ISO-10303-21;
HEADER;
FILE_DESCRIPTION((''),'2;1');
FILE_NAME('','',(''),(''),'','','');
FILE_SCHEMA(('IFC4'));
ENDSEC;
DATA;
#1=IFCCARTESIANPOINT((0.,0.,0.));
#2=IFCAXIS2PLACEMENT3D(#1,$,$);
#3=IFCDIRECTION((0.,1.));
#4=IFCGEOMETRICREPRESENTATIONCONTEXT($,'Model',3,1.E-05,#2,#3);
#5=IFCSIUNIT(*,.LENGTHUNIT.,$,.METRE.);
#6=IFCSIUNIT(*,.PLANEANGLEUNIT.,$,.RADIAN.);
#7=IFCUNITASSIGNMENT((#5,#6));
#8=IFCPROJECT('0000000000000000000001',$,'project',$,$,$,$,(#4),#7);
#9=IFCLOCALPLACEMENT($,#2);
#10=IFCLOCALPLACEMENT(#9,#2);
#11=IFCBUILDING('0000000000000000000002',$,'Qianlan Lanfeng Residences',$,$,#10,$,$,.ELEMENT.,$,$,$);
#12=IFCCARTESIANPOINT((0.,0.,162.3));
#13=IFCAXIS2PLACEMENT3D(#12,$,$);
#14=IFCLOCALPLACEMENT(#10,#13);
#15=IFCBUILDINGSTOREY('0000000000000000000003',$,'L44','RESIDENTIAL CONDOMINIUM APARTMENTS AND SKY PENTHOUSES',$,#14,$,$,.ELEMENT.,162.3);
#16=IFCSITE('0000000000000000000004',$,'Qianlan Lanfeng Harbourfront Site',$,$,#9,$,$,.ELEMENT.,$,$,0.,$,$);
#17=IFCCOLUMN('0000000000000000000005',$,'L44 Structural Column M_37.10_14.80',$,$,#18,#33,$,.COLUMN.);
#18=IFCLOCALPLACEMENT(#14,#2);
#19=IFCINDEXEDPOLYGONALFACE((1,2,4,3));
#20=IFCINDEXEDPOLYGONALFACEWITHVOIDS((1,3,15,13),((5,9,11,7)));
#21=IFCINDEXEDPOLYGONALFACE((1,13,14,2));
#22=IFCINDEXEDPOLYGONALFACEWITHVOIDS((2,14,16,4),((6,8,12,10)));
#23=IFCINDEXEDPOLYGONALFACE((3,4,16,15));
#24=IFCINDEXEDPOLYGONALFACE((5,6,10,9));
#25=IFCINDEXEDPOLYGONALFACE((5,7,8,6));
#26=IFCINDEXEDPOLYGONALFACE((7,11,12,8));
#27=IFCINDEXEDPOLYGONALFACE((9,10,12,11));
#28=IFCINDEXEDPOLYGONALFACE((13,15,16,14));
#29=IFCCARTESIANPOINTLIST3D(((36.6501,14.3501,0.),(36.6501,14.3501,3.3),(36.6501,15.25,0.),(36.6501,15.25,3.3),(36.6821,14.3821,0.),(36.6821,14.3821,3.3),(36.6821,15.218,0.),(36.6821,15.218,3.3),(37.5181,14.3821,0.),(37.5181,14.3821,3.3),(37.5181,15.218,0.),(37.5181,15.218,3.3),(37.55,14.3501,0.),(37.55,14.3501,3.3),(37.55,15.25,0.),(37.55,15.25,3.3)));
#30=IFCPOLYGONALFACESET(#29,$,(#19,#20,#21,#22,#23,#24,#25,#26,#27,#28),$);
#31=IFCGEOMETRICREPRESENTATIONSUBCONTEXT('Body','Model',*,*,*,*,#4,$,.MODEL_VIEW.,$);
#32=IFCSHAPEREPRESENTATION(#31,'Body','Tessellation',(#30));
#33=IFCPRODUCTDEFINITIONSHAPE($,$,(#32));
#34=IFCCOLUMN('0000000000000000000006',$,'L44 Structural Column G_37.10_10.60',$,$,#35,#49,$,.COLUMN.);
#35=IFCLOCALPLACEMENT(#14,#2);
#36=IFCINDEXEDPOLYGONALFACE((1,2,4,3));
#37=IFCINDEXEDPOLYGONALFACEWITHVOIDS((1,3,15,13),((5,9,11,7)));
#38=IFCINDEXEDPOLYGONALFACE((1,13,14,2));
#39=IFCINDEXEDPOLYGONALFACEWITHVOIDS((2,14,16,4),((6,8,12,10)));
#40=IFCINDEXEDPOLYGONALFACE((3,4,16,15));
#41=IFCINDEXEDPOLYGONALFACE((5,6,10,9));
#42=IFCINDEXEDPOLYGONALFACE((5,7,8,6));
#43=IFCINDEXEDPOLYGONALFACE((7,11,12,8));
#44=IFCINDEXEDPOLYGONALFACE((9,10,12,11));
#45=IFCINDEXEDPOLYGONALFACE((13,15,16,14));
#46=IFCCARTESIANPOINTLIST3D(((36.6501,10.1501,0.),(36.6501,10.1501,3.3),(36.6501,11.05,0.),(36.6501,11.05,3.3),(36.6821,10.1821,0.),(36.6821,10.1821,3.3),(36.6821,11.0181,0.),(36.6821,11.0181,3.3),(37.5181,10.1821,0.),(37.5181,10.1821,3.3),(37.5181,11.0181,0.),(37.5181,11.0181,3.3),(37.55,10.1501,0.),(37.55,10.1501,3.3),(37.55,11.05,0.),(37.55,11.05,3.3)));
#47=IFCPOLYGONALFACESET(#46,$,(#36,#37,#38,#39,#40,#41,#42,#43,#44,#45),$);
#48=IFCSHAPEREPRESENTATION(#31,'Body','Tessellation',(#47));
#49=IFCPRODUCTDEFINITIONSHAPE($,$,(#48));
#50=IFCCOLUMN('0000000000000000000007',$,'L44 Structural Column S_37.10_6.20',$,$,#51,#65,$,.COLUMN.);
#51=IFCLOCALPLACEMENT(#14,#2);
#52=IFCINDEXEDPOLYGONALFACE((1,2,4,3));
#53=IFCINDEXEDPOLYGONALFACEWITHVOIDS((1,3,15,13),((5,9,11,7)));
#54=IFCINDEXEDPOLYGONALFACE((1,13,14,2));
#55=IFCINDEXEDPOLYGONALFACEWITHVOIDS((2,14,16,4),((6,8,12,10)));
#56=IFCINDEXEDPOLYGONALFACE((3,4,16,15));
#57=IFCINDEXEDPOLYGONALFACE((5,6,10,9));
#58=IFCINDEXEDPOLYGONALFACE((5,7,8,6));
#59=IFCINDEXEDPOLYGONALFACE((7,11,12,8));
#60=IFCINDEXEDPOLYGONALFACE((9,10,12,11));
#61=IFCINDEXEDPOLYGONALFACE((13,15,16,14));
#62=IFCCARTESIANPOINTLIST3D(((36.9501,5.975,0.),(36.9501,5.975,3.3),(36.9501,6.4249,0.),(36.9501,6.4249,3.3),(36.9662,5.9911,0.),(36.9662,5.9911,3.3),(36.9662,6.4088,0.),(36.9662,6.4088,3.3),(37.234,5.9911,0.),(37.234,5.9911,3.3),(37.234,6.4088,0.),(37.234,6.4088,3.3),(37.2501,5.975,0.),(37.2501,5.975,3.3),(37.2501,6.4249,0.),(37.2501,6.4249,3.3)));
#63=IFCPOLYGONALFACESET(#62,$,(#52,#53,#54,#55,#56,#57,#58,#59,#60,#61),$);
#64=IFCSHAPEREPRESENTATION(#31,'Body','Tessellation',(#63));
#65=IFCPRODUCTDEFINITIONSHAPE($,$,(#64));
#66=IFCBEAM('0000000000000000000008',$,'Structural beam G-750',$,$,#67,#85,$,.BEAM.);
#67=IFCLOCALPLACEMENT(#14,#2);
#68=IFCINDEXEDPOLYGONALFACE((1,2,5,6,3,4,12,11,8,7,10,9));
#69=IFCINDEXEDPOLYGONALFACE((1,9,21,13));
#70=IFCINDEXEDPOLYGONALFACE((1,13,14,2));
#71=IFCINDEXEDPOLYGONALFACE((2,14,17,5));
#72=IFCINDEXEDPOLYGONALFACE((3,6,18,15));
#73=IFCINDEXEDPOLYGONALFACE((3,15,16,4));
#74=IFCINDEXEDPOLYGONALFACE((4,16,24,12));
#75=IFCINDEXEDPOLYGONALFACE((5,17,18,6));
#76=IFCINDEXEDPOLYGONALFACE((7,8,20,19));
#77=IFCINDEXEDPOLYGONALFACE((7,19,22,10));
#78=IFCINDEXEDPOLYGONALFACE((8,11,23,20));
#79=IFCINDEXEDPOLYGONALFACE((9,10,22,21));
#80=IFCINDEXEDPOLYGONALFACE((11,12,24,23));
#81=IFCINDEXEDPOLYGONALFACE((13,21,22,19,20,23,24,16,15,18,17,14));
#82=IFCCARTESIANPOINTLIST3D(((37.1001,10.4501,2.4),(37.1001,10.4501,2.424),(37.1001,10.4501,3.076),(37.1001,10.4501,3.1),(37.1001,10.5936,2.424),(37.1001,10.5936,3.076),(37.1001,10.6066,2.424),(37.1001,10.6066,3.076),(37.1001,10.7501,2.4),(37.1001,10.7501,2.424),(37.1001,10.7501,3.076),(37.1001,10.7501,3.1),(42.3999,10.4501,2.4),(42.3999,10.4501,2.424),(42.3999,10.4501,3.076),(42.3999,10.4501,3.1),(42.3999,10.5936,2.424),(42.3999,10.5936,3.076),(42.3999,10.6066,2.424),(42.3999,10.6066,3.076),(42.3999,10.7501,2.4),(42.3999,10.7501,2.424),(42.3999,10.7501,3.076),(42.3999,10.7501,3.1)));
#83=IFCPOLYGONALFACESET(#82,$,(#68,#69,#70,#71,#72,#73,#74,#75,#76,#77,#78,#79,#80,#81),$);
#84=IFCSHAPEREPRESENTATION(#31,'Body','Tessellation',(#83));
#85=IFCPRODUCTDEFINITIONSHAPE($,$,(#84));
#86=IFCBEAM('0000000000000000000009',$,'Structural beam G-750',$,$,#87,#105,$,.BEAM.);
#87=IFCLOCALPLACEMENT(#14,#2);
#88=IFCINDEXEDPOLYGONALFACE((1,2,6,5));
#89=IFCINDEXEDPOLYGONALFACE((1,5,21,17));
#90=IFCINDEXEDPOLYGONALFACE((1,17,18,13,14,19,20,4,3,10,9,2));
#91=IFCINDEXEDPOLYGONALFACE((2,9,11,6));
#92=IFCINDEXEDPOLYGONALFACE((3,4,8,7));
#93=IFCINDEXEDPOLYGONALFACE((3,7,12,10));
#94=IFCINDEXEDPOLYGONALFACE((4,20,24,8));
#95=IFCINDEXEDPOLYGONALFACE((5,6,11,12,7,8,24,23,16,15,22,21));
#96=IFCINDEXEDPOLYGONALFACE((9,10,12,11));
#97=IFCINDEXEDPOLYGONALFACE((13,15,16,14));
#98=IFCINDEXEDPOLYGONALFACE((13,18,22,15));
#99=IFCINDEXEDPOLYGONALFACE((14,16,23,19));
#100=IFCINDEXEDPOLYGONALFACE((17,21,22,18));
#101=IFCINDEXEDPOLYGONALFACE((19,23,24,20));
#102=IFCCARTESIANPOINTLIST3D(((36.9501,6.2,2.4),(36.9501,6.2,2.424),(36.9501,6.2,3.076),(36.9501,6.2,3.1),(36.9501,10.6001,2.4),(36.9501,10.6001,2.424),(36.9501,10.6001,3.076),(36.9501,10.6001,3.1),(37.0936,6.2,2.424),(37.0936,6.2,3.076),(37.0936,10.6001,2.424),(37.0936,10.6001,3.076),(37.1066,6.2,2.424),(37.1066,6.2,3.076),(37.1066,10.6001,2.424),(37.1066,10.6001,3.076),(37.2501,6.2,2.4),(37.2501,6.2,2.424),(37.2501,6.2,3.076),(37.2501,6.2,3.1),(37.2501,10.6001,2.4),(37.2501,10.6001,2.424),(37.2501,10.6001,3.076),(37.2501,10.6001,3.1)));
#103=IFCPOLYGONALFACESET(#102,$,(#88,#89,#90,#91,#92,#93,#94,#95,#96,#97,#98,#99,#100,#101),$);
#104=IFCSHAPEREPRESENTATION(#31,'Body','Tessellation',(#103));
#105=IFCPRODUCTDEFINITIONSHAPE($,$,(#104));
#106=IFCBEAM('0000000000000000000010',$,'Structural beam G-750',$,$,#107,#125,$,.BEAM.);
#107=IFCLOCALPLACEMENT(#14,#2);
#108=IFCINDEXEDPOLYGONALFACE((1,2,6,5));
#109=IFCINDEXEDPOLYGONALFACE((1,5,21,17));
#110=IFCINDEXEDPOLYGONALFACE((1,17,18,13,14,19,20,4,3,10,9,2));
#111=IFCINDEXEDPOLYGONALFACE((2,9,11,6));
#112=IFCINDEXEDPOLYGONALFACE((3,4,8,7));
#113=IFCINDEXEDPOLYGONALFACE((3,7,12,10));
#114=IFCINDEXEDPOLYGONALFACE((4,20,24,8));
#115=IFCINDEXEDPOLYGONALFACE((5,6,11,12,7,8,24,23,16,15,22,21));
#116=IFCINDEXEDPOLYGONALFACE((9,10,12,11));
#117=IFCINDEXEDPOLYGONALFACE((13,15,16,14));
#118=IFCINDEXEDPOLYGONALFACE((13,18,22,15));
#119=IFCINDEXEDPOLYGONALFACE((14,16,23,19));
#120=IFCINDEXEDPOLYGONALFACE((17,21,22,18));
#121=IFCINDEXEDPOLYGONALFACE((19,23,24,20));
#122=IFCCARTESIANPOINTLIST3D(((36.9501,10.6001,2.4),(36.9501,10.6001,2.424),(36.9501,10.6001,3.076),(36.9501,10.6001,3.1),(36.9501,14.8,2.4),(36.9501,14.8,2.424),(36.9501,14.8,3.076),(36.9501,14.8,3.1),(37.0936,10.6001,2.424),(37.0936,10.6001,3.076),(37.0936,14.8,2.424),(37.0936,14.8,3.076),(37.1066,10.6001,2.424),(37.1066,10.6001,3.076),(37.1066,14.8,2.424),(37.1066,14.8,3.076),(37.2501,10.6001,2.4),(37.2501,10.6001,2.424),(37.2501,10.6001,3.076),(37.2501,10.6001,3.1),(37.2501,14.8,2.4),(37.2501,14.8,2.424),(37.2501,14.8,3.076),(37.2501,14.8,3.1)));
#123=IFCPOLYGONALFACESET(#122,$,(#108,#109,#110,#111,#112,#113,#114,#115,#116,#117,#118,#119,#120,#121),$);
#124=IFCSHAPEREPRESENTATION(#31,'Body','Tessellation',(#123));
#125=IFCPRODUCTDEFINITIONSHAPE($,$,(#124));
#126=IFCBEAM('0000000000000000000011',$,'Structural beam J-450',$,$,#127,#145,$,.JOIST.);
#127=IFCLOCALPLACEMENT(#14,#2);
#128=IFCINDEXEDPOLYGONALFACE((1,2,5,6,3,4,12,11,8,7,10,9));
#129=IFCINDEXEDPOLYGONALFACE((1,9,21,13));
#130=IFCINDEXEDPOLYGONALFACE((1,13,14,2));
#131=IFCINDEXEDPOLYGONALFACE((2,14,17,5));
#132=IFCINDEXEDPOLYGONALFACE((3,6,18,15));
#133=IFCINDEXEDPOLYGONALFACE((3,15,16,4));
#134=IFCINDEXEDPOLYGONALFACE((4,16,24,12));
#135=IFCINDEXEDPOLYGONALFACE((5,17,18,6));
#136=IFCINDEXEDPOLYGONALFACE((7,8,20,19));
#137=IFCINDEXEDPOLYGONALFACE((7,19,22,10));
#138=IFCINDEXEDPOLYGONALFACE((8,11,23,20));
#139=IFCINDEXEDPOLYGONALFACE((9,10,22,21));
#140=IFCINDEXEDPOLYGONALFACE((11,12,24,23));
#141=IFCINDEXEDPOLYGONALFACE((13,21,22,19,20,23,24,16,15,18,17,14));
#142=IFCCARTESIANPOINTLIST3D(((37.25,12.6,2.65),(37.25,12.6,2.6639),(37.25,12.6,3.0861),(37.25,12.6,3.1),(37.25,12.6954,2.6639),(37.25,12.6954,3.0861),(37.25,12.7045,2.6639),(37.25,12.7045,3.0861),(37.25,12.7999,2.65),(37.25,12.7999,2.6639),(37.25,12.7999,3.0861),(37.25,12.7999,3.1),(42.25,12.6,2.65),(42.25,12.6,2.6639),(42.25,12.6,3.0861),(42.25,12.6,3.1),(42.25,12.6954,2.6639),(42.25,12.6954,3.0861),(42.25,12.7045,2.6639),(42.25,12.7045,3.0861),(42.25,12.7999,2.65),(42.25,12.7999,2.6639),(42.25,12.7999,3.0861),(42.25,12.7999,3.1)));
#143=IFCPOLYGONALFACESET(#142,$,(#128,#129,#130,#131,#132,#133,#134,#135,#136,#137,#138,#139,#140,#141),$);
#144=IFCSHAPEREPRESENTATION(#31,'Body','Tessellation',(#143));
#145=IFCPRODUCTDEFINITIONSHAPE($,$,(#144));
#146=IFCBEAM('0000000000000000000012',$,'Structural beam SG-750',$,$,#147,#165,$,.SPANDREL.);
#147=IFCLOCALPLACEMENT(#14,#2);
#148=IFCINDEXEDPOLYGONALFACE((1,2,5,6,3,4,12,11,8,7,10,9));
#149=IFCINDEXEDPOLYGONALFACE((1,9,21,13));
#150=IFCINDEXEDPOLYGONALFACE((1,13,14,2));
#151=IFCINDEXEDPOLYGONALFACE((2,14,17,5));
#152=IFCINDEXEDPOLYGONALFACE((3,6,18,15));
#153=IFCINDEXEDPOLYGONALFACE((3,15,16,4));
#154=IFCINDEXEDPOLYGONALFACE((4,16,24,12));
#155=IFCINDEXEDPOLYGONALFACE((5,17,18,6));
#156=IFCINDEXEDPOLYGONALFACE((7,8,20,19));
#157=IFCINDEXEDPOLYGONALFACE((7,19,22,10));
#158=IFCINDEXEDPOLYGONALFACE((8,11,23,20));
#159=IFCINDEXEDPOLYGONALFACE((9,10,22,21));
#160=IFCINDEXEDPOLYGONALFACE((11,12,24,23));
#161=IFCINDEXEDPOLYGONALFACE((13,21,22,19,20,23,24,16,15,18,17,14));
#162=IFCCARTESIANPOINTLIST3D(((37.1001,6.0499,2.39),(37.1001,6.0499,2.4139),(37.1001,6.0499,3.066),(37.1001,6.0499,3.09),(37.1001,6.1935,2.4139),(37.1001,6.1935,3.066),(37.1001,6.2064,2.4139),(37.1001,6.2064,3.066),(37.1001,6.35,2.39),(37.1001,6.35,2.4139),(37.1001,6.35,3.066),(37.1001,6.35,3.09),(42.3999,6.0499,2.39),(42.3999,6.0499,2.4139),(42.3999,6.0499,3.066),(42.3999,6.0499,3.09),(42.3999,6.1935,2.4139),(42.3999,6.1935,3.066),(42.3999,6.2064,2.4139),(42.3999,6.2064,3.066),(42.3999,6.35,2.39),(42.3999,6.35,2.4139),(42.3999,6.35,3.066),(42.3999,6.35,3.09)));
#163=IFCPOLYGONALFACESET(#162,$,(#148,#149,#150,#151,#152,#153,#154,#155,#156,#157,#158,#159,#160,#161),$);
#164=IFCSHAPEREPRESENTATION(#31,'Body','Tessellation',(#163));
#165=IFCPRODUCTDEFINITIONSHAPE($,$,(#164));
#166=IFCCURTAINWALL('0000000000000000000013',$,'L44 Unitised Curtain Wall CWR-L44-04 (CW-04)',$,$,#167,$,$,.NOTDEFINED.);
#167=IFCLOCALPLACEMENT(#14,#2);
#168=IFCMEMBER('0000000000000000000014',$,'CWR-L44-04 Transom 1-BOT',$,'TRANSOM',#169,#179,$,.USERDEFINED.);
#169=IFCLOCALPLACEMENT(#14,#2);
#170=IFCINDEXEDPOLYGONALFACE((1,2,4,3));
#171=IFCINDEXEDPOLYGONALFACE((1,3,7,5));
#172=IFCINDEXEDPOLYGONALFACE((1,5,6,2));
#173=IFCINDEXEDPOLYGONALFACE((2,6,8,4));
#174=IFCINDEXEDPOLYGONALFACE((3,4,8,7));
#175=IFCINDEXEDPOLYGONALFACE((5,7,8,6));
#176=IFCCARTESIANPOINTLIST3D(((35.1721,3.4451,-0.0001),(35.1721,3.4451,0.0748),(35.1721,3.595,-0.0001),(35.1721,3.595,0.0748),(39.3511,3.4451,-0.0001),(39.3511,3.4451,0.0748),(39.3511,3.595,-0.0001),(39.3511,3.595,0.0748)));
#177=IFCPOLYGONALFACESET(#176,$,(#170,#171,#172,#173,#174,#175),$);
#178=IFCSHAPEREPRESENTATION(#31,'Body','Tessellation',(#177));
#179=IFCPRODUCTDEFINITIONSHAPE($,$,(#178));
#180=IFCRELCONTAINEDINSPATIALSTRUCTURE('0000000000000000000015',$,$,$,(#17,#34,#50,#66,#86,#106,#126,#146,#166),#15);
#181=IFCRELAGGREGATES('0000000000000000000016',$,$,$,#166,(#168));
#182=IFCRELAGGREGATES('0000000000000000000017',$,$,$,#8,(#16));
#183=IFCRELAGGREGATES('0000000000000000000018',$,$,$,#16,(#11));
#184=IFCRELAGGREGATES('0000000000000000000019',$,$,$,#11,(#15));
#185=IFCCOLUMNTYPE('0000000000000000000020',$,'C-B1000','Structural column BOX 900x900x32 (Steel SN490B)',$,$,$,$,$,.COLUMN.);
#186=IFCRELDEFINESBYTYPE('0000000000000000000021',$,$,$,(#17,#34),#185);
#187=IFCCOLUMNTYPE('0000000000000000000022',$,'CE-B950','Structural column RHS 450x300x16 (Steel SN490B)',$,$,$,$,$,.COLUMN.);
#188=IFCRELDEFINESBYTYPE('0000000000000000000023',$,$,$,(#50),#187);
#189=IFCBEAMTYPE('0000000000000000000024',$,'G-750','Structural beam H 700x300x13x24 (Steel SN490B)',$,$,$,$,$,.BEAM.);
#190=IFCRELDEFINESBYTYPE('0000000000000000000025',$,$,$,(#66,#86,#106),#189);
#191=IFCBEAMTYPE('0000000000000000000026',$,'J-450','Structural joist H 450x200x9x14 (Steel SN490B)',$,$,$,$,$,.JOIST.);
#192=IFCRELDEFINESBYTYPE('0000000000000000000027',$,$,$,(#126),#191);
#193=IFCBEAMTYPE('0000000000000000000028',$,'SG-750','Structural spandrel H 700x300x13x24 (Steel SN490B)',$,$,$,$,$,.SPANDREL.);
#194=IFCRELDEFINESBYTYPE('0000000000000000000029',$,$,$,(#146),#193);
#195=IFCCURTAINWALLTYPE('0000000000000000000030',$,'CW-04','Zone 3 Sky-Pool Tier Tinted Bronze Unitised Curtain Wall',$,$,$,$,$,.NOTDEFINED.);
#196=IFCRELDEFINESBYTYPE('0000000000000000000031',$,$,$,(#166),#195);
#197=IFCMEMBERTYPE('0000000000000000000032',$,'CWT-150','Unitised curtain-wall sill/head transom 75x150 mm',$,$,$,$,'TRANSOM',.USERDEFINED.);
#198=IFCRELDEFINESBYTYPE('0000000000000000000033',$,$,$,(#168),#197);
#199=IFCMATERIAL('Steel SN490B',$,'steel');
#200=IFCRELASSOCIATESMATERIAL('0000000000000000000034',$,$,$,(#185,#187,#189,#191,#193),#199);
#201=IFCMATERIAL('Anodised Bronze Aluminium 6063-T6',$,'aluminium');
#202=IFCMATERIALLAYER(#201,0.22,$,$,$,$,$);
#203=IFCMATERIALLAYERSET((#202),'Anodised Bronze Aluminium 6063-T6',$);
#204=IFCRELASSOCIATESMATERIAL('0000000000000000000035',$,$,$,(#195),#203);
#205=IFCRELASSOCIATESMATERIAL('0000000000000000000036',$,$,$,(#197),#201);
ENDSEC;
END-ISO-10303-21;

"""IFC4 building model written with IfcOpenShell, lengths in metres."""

from ifc_helpers import new_model, si_unit, direction, frame, origin, origin_2d, place, context, subcontext, project, spatial, rectangle, hollow_rectangle, i_section, extrude, source, transform, mapped, material, layer, layer_set, material_profile, profile_set, type_object, element, aggregate, save


model = new_model("IFC4")

# Units and contexts
model_context = context("Model", 3, precision=1e-05, world=origin(), true_north=direction((0.0, 1.0)))
body_context = subcontext(model_context, "Body", "Model", "MODEL_VIEW")
ifc_project = project(units=[si_unit("LENGTHUNIT", "METRE"), si_unit("PLANEANGLEUNIT", "RADIAN")], contexts=[model_context])

# Site, building, storey
site_placement = place(None, origin())
site = spatial("IfcSite", under=ifc_project, at=site_placement, Name="Qianlan Lanfeng Harbourfront Site", CompositionType="ELEMENT", RefElevation=0.0)
building_placement = place(site_placement, origin())
building = spatial("IfcBuilding", under=site, at=building_placement, Name="Qianlan Lanfeng Residences", CompositionType="ELEMENT")
storey_placement = place(building_placement, frame((0.0, 0.0, 162.3)))
storey = spatial("IfcBuildingStorey", under=building, at=storey_placement, Name="L44", Description="RESIDENTIAL CONDOMINIUM APARTMENTS AND SKY PENTHOUSES", CompositionType="ELEMENT", Elevation=162.3)

# Columns
ifc_material_1 = material(Name="Steel SN490B", Category="steel")
ifc_material_profile_1 = material_profile(ifc_material_1, hollow_rectangle(XDim=0.8999, YDim=0.8999, WallThickness=0.032, at=origin_2d()), Name="BOX 900x900x32")
ifc_profile_set_1 = profile_set([ifc_material_profile_1], Name="Steel SN490B")
column_type_1 = type_object("IfcColumnType", Name="C-B1000", Description="Structural column BOX 900x900x32 (Steel SN490B)", PredefinedType="COLUMN", material=ifc_profile_set_1)
for number, where, z_axis, x_axis, name in (
    (1, (37.1001, 14.8, 0.0), (0.0, 0.0, 1.0), (1.0, 0.0, 0.0), "L44 Structural Column M_37.10_14.80"),
    (2, (37.1001, 10.6001, 0.0), (0.0, 0.0, 1.0), (1.0, 0.0, 0.0), "L44 Structural Column G_37.10_10.60"),
):
    element("IfcColumn", number, at=place(storey_placement, frame(where, z_axis=z_axis, x_axis=x_axis)), inside=storey, type_object=column_type_1, Name=name, PredefinedType="COLUMN", context=body_context, shape_type="SweptSolid", body=[
        extrude(hollow_rectangle(XDim=0.8999, YDim=0.8999, WallThickness=0.032, at=origin_2d()), origin(), (0.0, 0.0, 1.0), 3.3),
    ])
ifc_material_profile_2 = material_profile(ifc_material_1, hollow_rectangle(XDim=0.3, YDim=0.45, WallThickness=0.0161, at=origin_2d()), Name="RHS 450x300x16")
ifc_profile_set_2 = profile_set([ifc_material_profile_2], Name="Steel SN490B")
column_type_2 = type_object("IfcColumnType", Name="CE-B950", Description="Structural column RHS 450x300x16 (Steel SN490B)", PredefinedType="COLUMN", material=ifc_profile_set_2)
column_placement = place(storey_placement, frame((37.1001, 6.2, 0.0), z_axis=(0.0, 0.0, 1.0), x_axis=(1.0, 0.0, 0.0)))
element("IfcColumn", 3, at=column_placement, inside=storey, type_object=column_type_2, Name="L44 Structural Column S_37.10_6.20", PredefinedType="COLUMN", context=body_context, shape_type="SweptSolid", body=[
    extrude(hollow_rectangle(XDim=0.3, YDim=0.45, WallThickness=0.0161, at=origin_2d()), origin(), (0.0, 0.0, 1.0), 3.3),
])

# Beams
ifc_material_profile_3 = material_profile(ifc_material_1, i_section(OverallWidth=0.3, OverallDepth=0.7, WebThickness=0.0129, FlangeThickness=0.0239, at=origin_2d()), Name="H 700x300x13x24")
ifc_profile_set_3 = profile_set([ifc_material_profile_3], Name="Steel SN490B")
beam_type_1 = type_object("IfcBeamType", Name="G-750", Description="Structural beam H 700x300x13x24 (Steel SN490B)", PredefinedType="BEAM", material=ifc_profile_set_3)
beam_1_placement = place(storey_placement, frame((37.1001, 10.6001, 2.75), z_axis=(1.0, 0.0, 0.0), x_axis=(0.0, 1.0, 0.0)))
element("IfcBeam", 4, at=beam_1_placement, inside=storey, type_object=beam_type_1, Name="Structural beam G-750", PredefinedType="BEAM", context=body_context, shape_type="SweptSolid", body=[
    extrude(i_section(OverallWidth=0.3, OverallDepth=0.7, WebThickness=0.0129, FlangeThickness=0.0239, at=origin_2d()), origin(), (0.0, 0.0, 1.0), 5.2998),
])
beam_2_placement = place(storey_placement, frame((37.1001, 6.2, 2.75), z_axis=(0.0, 1.0, 0.0), x_axis=(-1.0, 0.0, 0.0)))
element("IfcBeam", 5, at=beam_2_placement, inside=storey, type_object=beam_type_1, Name="Structural beam G-750", PredefinedType="BEAM", context=body_context, shape_type="SweptSolid", body=[
    extrude(i_section(OverallWidth=0.3, OverallDepth=0.7, WebThickness=0.0129, FlangeThickness=0.0239, at=origin_2d()), origin(), (0.0, 0.0, 1.0), 4.4001),
])
beam_3_placement = place(storey_placement, frame((37.1001, 10.6001, 2.75), z_axis=(0.0, 1.0, 0.0), x_axis=(-1.0, 0.0, 0.0)))
element("IfcBeam", 6, at=beam_3_placement, inside=storey, type_object=beam_type_1, Name="Structural beam G-750", PredefinedType="BEAM", context=body_context, shape_type="SweptSolid", body=[
    extrude(i_section(OverallWidth=0.3, OverallDepth=0.7, WebThickness=0.0129, FlangeThickness=0.0239, at=origin_2d()), origin(), (0.0, 0.0, 1.0), 4.2),
])
ifc_material_profile_4 = material_profile(ifc_material_1, i_section(OverallWidth=0.2, OverallDepth=0.45, WebThickness=0.009, FlangeThickness=0.0139, at=origin_2d()), Name="H 450x200x9x14")
ifc_profile_set_4 = profile_set([ifc_material_profile_4], Name="Steel SN490B")
beam_type_2 = type_object("IfcBeamType", Name="J-450", Description="Structural joist H 450x200x9x14 (Steel SN490B)", PredefinedType="JOIST", material=ifc_profile_set_4)
beam_4_placement = place(storey_placement, frame((37.25, 12.7, 2.875), z_axis=(1.0, 0.0, 0.0), x_axis=(0.0, 1.0, 0.0)))
element("IfcBeam", 7, at=beam_4_placement, inside=storey, type_object=beam_type_2, Name="Structural beam J-450", PredefinedType="JOIST", context=body_context, shape_type="SweptSolid", body=[
    extrude(i_section(OverallWidth=0.2, OverallDepth=0.45, WebThickness=0.009, FlangeThickness=0.0139, at=origin_2d()), origin(), (0.0, 0.0, 1.0), 5.0),
])
ifc_material_profile_5 = material_profile(ifc_material_1, i_section(OverallWidth=0.3, OverallDepth=0.7, WebThickness=0.0129, FlangeThickness=0.0239, at=origin_2d()), Name="H 700x300x13x24")
ifc_profile_set_5 = profile_set([ifc_material_profile_5], Name="Steel SN490B")
beam_type_3 = type_object("IfcBeamType", Name="SG-750", Description="Structural spandrel H 700x300x13x24 (Steel SN490B)", PredefinedType="SPANDREL", material=ifc_profile_set_5)
beam_5_placement = place(storey_placement, frame((37.1001, 6.2, 2.74), z_axis=(1.0, 0.0, 0.0), x_axis=(0.0, 1.0, 0.0)))
element("IfcBeam", 8, at=beam_5_placement, inside=storey, type_object=beam_type_3, Name="Structural beam SG-750", PredefinedType="SPANDREL", context=body_context, shape_type="SweptSolid", body=[
    extrude(i_section(OverallWidth=0.3, OverallDepth=0.7, WebThickness=0.0129, FlangeThickness=0.0239, at=origin_2d()), origin(), (0.0, 0.0, 1.0), 5.2998),
])

# Curtain wall, member
ifc_material_2 = material(Name="Anodised Bronze Aluminium 6063-T6", Category="aluminium")
ifc_layer_1 = layer(ifc_material_2, 0.22)
ifc_layer_set_1 = layer_set([ifc_layer_1], Name="Anodised Bronze Aluminium 6063-T6")
curtain_wall_type = type_object("IfcCurtainWallType", Name="CW-04", Description="Zone 3 Sky-Pool Tier Tinted Bronze Unitised Curtain Wall", PredefinedType="NOTDEFINED", material=ifc_layer_set_1)
curtain_wall_1_placement = place(storey_placement, origin())
curtain_wall_1 = element("IfcCurtainWall", 9, at=curtain_wall_1_placement, inside=storey, type_object=curtain_wall_type, Name="L44 Unitised Curtain Wall CWR-L44-04 (CW-04)", PredefinedType="NOTDEFINED")
ifc_material_profile_6 = material_profile(ifc_material_2, rectangle(XDim=0.075, YDim=0.1499, at=origin_2d()), Name="ALU TRANSOM 75x150")
ifc_profile_set_6 = profile_set([ifc_material_profile_6], Name="Anodised Bronze Aluminium 6063-T6")
member_type_1 = type_object("IfcMemberType", Name="CWT-150", Description="Unitised curtain-wall sill/head transom 75x150 mm", ElementType="TRANSOM", PredefinedType="USERDEFINED", material=ifc_profile_set_6)
shared_shape_1 = source(origin(), body_context, "Body", "SweptSolid", [
    extrude(rectangle(XDim=0.075, YDim=0.1499, at=origin_2d()), origin(), (0.0, 0.0, 1.0), 4.179),
])
member_1_placement = place(storey_placement, frame((35.1721, 3.52, 0.0374), z_axis=(1.0, 0.0, 0.0), x_axis=(0.0, 0.0, 1.0)))
member_1 = element("IfcMember", 10, at=member_1_placement, type_object=member_type_1, Name="CWR-L44-04 Transom 1-BOT", ObjectType="TRANSOM", PredefinedType="USERDEFINED", context=body_context, shape_type="MappedRepresentation", body=[
    mapped(shared_shape_1, transform((0.0, 0.0, 0.0), scale=1.0)),
])

aggregate(curtain_wall_1, [member_1])

save(model, "model.ifc")
